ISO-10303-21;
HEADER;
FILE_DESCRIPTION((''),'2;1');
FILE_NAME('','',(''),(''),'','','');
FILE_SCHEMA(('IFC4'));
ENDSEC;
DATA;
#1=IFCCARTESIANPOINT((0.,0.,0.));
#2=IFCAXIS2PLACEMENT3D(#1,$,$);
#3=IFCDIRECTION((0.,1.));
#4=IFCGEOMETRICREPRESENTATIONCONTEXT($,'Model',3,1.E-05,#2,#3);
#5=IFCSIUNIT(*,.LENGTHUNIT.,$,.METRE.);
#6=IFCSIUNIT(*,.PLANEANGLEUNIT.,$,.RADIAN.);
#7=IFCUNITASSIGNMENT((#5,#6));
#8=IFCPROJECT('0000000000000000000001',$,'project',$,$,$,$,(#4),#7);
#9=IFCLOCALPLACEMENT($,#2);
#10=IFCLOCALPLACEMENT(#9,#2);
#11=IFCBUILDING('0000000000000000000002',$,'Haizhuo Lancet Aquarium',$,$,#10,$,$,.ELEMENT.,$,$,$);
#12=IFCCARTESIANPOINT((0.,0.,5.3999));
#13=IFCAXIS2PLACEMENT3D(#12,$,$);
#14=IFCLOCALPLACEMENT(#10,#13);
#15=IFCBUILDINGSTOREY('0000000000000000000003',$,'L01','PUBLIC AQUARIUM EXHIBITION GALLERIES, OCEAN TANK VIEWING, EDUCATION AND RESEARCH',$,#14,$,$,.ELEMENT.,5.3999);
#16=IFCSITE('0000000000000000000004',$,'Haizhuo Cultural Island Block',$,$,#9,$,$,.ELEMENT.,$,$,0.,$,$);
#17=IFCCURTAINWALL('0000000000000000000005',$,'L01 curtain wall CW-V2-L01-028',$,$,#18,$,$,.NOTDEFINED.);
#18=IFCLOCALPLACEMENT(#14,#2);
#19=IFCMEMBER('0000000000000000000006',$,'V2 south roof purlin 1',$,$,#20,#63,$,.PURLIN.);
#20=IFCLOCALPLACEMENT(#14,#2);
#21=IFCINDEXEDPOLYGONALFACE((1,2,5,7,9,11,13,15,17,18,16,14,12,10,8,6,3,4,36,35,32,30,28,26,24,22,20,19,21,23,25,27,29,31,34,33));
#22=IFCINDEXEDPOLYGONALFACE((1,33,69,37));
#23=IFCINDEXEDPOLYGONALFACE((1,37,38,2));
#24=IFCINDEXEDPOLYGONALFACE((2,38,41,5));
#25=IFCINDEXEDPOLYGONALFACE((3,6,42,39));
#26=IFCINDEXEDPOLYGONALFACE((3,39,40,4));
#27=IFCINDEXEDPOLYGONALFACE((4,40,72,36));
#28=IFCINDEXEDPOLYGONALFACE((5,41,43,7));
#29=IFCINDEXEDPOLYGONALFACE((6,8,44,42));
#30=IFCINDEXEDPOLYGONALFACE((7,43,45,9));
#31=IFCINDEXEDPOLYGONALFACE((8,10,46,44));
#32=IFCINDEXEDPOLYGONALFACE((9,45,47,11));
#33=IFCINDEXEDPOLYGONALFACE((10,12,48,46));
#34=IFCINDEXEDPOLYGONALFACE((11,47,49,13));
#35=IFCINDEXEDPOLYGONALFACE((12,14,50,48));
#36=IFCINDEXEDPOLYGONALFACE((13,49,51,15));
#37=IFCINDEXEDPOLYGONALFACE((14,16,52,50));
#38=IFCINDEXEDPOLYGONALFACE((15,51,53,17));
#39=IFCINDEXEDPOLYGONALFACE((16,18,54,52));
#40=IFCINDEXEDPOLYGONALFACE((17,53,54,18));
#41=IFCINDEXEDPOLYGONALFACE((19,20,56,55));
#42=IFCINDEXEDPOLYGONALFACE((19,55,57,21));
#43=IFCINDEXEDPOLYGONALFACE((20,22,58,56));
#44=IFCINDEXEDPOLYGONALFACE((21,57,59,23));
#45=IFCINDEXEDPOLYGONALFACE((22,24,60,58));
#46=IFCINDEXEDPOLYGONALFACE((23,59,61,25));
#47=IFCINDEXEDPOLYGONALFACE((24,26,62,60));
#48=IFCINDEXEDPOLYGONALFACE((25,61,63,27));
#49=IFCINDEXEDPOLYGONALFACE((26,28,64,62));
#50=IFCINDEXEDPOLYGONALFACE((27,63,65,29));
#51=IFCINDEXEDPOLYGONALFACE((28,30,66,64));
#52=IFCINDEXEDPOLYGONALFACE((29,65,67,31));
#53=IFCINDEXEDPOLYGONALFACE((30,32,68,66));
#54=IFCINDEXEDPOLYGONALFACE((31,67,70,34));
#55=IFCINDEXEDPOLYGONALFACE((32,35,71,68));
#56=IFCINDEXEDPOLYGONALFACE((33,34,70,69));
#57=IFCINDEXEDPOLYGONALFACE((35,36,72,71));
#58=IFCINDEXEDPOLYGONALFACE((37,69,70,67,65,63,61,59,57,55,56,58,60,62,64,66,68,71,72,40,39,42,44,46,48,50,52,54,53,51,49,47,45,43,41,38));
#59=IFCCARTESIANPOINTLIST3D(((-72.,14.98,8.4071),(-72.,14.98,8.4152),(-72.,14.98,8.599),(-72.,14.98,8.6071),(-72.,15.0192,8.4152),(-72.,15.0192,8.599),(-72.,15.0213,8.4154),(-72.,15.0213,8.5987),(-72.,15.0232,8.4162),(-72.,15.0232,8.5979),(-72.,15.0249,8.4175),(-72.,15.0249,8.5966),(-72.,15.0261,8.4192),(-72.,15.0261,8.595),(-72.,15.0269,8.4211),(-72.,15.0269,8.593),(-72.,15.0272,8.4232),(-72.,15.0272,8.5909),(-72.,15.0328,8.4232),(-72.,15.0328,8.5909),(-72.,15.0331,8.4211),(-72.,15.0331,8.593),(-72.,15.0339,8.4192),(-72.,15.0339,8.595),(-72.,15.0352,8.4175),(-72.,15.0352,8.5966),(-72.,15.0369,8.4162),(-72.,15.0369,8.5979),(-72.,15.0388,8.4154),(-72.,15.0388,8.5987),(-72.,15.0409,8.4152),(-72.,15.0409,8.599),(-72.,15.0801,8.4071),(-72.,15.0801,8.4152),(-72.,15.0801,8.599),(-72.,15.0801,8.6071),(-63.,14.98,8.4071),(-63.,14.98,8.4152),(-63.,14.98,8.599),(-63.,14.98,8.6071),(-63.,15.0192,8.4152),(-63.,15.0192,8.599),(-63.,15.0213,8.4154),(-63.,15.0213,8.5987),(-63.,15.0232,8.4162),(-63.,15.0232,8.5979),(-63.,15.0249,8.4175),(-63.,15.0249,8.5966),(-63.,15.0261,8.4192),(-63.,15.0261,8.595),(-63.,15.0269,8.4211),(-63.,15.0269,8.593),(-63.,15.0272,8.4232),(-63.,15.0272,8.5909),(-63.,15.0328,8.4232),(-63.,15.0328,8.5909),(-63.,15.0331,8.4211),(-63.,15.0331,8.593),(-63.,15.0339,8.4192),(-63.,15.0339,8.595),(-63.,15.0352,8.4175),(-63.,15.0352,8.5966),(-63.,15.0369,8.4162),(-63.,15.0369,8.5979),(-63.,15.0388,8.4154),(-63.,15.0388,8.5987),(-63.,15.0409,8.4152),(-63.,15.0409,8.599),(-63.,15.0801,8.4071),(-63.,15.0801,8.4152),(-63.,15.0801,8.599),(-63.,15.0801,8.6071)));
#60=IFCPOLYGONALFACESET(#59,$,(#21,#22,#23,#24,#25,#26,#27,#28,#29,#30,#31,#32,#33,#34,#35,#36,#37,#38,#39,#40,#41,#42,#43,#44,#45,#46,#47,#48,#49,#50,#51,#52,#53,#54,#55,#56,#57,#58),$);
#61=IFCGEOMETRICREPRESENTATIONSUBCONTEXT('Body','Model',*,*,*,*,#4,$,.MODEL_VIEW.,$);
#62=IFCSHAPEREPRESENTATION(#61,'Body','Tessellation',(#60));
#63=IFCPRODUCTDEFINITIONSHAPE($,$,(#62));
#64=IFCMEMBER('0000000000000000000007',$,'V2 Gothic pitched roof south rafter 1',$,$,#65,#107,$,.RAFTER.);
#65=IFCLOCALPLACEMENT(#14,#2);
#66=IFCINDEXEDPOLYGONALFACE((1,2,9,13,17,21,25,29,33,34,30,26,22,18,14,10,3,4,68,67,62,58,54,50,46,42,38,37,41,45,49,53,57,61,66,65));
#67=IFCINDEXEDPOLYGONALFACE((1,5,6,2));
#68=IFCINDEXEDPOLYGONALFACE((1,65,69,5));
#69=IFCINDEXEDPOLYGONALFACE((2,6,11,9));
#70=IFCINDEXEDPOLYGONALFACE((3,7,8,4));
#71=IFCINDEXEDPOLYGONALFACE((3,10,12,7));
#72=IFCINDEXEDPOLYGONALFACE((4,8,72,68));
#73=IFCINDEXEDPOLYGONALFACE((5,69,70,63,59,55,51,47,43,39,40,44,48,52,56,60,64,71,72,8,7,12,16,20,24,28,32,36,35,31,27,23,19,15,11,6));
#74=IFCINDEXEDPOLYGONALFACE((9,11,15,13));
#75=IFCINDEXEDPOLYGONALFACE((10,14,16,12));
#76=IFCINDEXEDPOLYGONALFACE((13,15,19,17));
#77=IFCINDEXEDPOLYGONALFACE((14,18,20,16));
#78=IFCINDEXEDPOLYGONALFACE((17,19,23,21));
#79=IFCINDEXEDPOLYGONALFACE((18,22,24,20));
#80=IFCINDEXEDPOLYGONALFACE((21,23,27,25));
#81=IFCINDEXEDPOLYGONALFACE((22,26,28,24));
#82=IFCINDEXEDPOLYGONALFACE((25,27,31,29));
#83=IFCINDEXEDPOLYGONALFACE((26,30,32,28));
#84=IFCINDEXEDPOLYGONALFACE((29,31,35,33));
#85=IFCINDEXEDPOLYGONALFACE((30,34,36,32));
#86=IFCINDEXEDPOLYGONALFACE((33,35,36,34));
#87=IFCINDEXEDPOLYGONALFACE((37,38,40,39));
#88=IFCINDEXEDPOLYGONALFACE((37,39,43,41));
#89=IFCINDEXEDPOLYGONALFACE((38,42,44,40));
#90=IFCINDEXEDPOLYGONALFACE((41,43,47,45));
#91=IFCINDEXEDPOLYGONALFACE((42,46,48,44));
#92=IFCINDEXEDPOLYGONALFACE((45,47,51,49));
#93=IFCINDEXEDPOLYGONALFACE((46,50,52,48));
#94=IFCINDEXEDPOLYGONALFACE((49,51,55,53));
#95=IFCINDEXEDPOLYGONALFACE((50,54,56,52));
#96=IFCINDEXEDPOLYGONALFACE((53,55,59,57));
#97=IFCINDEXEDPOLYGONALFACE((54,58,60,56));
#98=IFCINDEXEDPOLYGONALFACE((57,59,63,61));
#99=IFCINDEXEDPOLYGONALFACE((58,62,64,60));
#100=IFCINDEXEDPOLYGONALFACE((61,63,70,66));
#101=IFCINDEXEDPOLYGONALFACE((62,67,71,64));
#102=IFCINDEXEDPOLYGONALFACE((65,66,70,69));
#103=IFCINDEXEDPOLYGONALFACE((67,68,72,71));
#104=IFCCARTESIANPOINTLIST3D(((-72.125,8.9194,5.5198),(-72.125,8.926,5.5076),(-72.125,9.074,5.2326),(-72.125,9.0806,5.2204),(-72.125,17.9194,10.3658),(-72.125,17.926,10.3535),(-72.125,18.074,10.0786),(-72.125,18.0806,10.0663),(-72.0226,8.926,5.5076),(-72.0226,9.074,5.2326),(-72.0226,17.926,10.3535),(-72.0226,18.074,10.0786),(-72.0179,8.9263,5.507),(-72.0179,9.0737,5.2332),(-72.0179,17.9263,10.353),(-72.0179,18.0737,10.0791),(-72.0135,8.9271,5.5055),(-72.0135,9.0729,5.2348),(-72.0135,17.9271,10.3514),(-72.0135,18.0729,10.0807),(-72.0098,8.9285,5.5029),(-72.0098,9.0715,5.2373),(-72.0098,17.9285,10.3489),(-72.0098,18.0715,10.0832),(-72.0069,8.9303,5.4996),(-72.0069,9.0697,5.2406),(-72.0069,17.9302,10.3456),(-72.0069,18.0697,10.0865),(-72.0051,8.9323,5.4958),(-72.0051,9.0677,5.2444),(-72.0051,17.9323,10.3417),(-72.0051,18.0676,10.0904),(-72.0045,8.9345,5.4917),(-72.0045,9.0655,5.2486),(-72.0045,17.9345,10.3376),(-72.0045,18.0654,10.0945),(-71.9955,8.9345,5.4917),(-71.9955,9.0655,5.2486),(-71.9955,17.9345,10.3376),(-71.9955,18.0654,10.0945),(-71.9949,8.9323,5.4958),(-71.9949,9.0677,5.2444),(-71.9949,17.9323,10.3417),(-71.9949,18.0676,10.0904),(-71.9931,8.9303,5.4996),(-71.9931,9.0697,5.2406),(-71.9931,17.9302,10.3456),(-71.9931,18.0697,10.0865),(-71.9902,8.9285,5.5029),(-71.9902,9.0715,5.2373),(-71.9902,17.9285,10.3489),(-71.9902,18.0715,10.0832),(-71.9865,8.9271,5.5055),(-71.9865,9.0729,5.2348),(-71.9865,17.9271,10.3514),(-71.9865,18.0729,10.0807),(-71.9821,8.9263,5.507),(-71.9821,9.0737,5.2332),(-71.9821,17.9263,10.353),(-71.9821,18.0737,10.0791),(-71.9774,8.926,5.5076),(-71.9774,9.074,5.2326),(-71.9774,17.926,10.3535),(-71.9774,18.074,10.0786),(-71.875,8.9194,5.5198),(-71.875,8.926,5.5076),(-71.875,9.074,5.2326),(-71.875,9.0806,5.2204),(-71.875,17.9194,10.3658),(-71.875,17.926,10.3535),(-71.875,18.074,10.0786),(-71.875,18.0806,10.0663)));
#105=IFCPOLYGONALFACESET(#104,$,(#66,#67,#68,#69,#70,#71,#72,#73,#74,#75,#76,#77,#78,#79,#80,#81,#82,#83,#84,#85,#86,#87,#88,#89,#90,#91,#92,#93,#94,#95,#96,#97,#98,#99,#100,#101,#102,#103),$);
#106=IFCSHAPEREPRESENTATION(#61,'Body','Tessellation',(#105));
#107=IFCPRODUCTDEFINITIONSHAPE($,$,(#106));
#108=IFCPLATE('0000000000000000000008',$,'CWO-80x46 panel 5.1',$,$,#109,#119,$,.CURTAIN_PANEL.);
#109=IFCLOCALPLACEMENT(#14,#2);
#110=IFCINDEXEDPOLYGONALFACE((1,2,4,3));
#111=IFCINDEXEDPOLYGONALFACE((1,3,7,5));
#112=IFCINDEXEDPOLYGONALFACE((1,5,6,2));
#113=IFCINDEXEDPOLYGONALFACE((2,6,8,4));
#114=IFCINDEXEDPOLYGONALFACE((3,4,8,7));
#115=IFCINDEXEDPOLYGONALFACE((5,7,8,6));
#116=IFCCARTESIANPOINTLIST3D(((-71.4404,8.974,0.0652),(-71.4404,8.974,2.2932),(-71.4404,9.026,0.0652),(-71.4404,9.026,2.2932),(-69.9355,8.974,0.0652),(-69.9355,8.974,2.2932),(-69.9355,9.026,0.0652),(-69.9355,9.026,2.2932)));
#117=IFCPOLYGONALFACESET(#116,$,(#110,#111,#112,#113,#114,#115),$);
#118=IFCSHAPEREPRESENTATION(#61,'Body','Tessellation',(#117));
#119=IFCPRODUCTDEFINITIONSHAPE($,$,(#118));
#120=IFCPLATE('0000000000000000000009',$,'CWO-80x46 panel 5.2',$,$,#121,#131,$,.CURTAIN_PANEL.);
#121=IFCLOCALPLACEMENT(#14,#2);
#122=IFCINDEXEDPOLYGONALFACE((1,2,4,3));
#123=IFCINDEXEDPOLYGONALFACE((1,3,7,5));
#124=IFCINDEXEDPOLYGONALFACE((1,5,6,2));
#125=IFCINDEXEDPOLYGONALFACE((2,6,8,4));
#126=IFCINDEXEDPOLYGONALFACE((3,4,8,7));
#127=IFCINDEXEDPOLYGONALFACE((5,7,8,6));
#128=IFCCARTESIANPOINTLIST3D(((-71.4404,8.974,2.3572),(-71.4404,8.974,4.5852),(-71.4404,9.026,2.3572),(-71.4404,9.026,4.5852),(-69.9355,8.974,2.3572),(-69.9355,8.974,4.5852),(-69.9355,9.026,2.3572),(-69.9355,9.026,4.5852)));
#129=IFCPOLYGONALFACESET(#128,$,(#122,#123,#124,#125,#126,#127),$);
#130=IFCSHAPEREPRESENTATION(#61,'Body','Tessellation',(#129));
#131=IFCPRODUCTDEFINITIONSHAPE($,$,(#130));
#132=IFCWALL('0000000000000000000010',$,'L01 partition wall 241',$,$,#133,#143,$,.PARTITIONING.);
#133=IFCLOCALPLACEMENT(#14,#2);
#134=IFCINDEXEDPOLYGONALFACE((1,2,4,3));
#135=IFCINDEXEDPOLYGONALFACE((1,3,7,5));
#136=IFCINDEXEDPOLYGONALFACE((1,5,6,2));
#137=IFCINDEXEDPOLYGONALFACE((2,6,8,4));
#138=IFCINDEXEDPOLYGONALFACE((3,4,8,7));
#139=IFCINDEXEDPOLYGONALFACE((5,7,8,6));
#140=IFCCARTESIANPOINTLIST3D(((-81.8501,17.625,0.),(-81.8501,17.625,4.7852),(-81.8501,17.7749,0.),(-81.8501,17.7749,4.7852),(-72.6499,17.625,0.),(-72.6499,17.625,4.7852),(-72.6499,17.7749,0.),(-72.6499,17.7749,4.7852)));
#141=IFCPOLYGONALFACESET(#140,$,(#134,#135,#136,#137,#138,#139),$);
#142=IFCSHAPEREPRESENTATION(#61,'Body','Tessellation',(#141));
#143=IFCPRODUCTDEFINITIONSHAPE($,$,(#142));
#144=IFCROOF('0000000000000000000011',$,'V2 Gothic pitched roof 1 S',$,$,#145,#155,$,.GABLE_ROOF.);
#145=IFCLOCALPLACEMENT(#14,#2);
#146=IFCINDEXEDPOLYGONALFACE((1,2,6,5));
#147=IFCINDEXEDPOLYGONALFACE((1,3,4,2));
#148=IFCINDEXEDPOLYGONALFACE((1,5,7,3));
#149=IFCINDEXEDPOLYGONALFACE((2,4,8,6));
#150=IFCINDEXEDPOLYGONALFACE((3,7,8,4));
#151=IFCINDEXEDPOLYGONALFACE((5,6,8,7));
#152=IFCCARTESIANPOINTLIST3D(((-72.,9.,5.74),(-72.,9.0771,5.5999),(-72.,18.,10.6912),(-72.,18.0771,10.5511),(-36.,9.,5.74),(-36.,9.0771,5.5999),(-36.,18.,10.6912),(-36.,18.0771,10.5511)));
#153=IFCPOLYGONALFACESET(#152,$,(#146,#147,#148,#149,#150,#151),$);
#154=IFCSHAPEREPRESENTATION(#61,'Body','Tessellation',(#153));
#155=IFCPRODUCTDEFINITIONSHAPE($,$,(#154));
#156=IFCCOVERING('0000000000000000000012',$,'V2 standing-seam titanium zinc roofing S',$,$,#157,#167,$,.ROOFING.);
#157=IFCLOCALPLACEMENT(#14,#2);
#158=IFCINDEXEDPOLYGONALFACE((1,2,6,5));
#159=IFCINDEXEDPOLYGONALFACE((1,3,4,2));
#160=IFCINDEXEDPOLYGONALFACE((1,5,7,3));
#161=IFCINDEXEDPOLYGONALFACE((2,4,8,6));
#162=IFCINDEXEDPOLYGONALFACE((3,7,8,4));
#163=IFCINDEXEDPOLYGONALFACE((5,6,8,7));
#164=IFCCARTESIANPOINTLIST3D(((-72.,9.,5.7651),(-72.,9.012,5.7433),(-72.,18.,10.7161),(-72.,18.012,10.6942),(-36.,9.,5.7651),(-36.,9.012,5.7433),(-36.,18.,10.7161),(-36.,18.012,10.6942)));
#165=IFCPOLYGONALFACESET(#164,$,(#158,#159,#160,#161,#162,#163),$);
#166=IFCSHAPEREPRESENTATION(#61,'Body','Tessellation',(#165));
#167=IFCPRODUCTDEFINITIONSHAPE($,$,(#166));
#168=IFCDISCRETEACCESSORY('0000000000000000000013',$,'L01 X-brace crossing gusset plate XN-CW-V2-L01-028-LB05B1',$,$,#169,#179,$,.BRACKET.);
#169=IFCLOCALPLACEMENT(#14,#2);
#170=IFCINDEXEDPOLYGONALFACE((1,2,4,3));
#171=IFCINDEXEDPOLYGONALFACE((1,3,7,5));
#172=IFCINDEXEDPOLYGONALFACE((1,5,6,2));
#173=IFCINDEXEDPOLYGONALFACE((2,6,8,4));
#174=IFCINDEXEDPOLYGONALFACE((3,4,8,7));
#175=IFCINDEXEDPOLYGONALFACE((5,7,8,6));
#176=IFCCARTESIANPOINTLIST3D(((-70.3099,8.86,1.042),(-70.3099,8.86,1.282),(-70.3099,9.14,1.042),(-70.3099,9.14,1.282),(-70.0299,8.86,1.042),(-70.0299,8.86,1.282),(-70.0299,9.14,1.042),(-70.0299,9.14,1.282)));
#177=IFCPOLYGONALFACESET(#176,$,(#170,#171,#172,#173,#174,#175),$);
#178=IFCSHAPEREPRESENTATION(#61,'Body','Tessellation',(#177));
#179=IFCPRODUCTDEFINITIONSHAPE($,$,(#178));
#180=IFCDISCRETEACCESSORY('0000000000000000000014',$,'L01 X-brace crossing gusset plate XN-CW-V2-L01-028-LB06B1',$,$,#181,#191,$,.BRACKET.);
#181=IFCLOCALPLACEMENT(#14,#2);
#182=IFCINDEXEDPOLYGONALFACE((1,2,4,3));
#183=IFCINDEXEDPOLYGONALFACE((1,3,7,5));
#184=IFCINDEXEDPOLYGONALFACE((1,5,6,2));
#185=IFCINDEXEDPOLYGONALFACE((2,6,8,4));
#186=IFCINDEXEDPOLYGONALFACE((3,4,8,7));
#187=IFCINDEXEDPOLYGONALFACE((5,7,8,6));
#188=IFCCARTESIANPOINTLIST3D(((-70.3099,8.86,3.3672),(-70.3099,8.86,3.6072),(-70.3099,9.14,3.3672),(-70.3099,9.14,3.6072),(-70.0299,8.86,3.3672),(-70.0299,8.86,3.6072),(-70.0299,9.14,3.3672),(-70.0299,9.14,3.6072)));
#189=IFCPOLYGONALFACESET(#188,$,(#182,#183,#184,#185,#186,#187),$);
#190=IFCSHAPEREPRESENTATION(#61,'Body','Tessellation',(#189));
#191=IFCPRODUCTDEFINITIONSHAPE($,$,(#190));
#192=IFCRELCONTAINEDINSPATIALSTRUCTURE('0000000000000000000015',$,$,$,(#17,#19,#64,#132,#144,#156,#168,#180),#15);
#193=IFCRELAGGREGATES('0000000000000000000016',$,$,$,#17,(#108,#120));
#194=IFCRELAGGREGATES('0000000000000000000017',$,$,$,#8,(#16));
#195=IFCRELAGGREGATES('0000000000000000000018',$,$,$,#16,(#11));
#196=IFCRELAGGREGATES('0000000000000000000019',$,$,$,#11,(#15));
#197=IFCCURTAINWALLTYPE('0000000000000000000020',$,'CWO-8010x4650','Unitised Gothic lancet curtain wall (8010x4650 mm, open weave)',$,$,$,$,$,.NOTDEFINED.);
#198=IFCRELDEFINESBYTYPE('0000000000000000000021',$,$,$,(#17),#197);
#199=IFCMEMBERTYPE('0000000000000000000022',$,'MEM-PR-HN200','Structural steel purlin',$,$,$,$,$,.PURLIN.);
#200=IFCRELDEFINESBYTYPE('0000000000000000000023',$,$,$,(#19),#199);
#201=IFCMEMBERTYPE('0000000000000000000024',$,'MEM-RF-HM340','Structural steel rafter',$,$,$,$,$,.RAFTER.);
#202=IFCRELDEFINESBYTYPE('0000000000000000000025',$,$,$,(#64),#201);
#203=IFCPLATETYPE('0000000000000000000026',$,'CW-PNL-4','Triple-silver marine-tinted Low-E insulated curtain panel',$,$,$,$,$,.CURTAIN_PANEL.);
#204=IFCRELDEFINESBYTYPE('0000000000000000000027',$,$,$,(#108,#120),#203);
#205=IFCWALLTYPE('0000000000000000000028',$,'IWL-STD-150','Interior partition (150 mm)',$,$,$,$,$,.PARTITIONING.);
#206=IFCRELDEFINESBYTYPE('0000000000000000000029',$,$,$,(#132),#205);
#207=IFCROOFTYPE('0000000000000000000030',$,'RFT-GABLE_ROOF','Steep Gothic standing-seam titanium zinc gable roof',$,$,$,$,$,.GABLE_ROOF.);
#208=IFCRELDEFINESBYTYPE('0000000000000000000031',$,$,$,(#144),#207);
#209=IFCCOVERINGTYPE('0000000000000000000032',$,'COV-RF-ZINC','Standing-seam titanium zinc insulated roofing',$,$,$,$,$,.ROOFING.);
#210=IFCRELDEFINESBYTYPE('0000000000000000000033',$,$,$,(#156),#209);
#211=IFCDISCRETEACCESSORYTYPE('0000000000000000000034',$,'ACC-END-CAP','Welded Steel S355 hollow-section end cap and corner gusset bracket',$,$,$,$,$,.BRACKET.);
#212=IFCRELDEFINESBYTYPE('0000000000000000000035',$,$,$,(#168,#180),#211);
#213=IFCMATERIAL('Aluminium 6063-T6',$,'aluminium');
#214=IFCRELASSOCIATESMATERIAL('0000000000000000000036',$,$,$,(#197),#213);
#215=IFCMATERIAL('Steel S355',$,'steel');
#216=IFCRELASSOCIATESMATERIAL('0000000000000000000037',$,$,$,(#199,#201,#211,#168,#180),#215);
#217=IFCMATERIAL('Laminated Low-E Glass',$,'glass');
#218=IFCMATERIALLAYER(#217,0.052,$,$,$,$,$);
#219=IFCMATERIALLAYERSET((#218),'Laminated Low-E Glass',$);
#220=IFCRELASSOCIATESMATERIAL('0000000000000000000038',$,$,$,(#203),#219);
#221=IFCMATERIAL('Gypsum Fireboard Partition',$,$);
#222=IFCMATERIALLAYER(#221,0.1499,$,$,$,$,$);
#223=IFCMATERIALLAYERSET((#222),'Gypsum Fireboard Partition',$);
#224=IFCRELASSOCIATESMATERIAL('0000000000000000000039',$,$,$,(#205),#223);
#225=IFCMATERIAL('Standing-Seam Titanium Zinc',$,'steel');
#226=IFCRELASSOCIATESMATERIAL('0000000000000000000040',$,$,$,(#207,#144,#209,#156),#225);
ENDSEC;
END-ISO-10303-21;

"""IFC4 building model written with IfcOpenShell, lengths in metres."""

from ifc_helpers import new_model, si_unit, direction, frame, frame_2d, origin, origin_2d, place, context, subcontext, project, spatial, polyline, rectangle, i_section, outline, extrude, material, layer, layer_set, material_profile, profile_set, type_object, element, aggregate, save


model = new_model("IFC4")

# Units and contexts
model_context = context("Model", 3, precision=1e-05, world=origin(), true_north=direction((0.0, 1.0)))
body_context = subcontext(model_context, "Body", "Model", "MODEL_VIEW")
ifc_project = project(units=[si_unit("LENGTHUNIT", "METRE"), si_unit("PLANEANGLEUNIT", "RADIAN")], contexts=[model_context])

# Site, building, storey
site_placement = place(None, origin())
site = spatial("IfcSite", under=ifc_project, at=site_placement, Name="Haizhuo Cultural Island Block", CompositionType="ELEMENT", RefElevation=0.0)
building_placement = place(site_placement, origin())
building = spatial("IfcBuilding", under=site, at=building_placement, Name="Haizhuo Lancet Aquarium", CompositionType="ELEMENT")
storey_placement = place(building_placement, frame((0.0, 0.0, 5.3999)))
storey = spatial("IfcBuildingStorey", under=building, at=storey_placement, Name="L01", Description="PUBLIC AQUARIUM EXHIBITION GALLERIES, OCEAN TANK VIEWING, EDUCATION AND RESEARCH", CompositionType="ELEMENT", Elevation=5.3999)

# Shared definitions
ifc_material_1 = material(Name="Steel S355", Category="steel")

# Curtain wall
ifc_material_2 = material(Name="Aluminium 6063-T6", Category="aluminium")
curtain_wall_type = type_object("IfcCurtainWallType", Name="CWO-8010x4650", Description="Unitised Gothic lancet curtain wall (8010x4650 mm, open weave)", PredefinedType="NOTDEFINED", material=ifc_material_2)
curtain_wall_placement = place(storey_placement, origin())
curtain_wall = element("IfcCurtainWall", 1, at=curtain_wall_placement, inside=storey, type_object=curtain_wall_type, Name="L01 curtain wall CW-V2-L01-028", PredefinedType="NOTDEFINED")

# Members
ifc_material_profile_1 = material_profile(ifc_material_1, i_section(OverallWidth=0.1001, OverallDepth=0.2, WebThickness=0.0056, FlangeThickness=0.0081, FilletRadius=0.0081, at=origin_2d()), Name="HN 200x100x5.5x8")
ifc_profile_set_1 = profile_set([ifc_material_profile_1], Name="Steel S355")
member_type_1 = type_object("IfcMemberType", Name="MEM-PR-HN200", Description="Structural steel purlin", PredefinedType="PURLIN", material=ifc_profile_set_1)
for number, where, z_axis, x_axis, name in (
    (2, (-72.0, 15.03, 8.5071), (1.0, 0.0, 0.0), (0.0, 1.0, 0.0), "V2 south roof purlin 1"),
):
    element("IfcMember", number, at=place(storey_placement, frame(where, z_axis=z_axis, x_axis=x_axis)), inside=storey, type_object=member_type_1, Name=name, PredefinedType="PURLIN", context=body_context, shape_type="SweptSolid", body=[
        extrude(i_section(OverallWidth=0.1001, OverallDepth=0.2, WebThickness=0.0056, FlangeThickness=0.0081, FilletRadius=0.0081, at=origin_2d()), origin(), (0.0, 0.0, 1.0), 9.0),
    ])
ifc_material_profile_2 = material_profile(ifc_material_1, i_section(OverallWidth=0.25, OverallDepth=0.3401, WebThickness=0.009, FlangeThickness=0.0139, FilletRadius=0.0181, at=origin_2d()), Name="HM 340x250x9x14")
ifc_profile_set_2 = profile_set([ifc_material_profile_2], Name="Steel S355")
member_type_2 = type_object("IfcMemberType", Name="MEM-RF-HM340", Description="Structural steel rafter", PredefinedType="RAFTER", material=ifc_profile_set_2)
member_1_placement = place(storey_placement, frame((-72.0, 9.0, 5.3701), z_axis=(0.0, 0.88048, 0.474084), x_axis=(-1.0, 0.0, 0.0)))
element("IfcMember", 3, at=member_1_placement, inside=storey, type_object=member_type_2, Name="V2 Gothic pitched roof south rafter 1", PredefinedType="RAFTER", context=body_context, shape_type="SweptSolid", body=[
    extrude(i_section(OverallWidth=0.25, OverallDepth=0.3401, WebThickness=0.009, FlangeThickness=0.0139, FilletRadius=0.0181, at=origin_2d()), origin(), (0.0, 0.0, 1.0), 10.2217),
])

# Plates
ifc_material_3 = material(Name="Laminated Low-E Glass", Category="glass")
ifc_layer_1 = layer(ifc_material_3, 0.052)
ifc_layer_set_1 = layer_set([ifc_layer_1], Name="Laminated Low-E Glass")
plate_type = type_object("IfcPlateType", Name="CW-PNL-4", Description="Triple-silver marine-tinted Low-E insulated curtain panel", PredefinedType="CURTAIN_PANEL", material=ifc_layer_set_1)
plate_1_placement = place(storey_placement, frame((-70.688, 9.0, 0.0652), z_axis=(0.0, 0.0, 1.0), x_axis=(-1.0, 0.0, 0.0)))
plate_1 = element("IfcPlate", 4, at=plate_1_placement, type_object=plate_type, Name="CWO-80x46 panel 5.1", PredefinedType="CURTAIN_PANEL", context=body_context, shape_type="SweptSolid", body=[
    extrude(rectangle(XDim=1.5049, YDim=0.052, at=origin_2d()), origin(), (0.0, 0.0, 1.0), 2.228),
])
plate_2_placement = place(storey_placement, frame((-70.688, 9.0, 2.3572), z_axis=(0.0, 0.0, 1.0), x_axis=(-1.0, 0.0, 0.0)))
plate_2 = element("IfcPlate", 5, at=plate_2_placement, type_object=plate_type, Name="CWO-80x46 panel 5.2", PredefinedType="CURTAIN_PANEL", context=body_context, shape_type="SweptSolid", body=[
    extrude(rectangle(XDim=1.5049, YDim=0.052, at=origin_2d()), origin(), (0.0, 0.0, 1.0), 2.228),
])
aggregate(curtain_wall, [plate_1, plate_2])

# Wall
ifc_material_4 = material(Name="Gypsum Fireboard Partition")
ifc_layer_2 = layer(ifc_material_4, 0.1499)
ifc_layer_set_2 = layer_set([ifc_layer_2], Name="Gypsum Fireboard Partition")
wall_type = type_object("IfcWallType", Name="IWL-STD-150", Description="Interior partition (150 mm)", PredefinedType="PARTITIONING", material=ifc_layer_set_2)
wall_placement = place(storey_placement, frame((-72.6499, 17.7, 0.0), z_axis=(0.0, 0.0, 1.0), x_axis=(-1.0, 0.0, 0.0)))
element("IfcWall", 6, at=wall_placement, inside=storey, type_object=wall_type, Name="L01 partition wall 241", PredefinedType="PARTITIONING", context=body_context, shape_type="SweptSolid", body=[
    extrude(rectangle(XDim=9.2002, YDim=0.1499, at=frame_2d((4.6001, 0.0))), origin(), (0.0, 0.0, 1.0), 4.7852),
])

# Roof
ifc_material_5 = material(Name="Standing-Seam Titanium Zinc", Category="steel")
roof_type = type_object("IfcRoofType", Name="RFT-GABLE_ROOF", Description="Steep Gothic standing-seam titanium zinc gable roof", PredefinedType="GABLE_ROOF", material=ifc_material_5)
roof_placement = place(storey_placement, frame((-72.0, 9.0, 5.74), z_axis=(0.0, -0.482006, 0.876168), x_axis=(1.0, 0.0, 0.0)))
element("IfcRoof", 7, at=roof_placement, inside=storey, type_object=roof_type, material=ifc_material_5, Name="V2 Gothic pitched roof 1 S", PredefinedType="GABLE_ROOF", context=body_context, shape_type="SweptSolid", body=[
    extrude(outline(polyline([(0.0, 0.0), (36.0, 0.0), (36.0, 10.272), (0.0, 10.272), (0.0, 0.0)])), origin(), (0.0, 0.0, -1.0), 0.1599),
])

# Covering
covering_type = type_object("IfcCoveringType", Name="COV-RF-ZINC", Description="Standing-seam titanium zinc insulated roofing", PredefinedType="ROOFING", material=ifc_material_5)
covering_placement = place(storey_placement, frame((-72.0, 9.0, 5.7651), z_axis=(0.0, -0.481988, 0.876178), x_axis=(1.0, 0.0, 0.0)))
element("IfcCovering", 8, at=covering_placement, inside=storey, type_object=covering_type, material=ifc_material_5, Name="V2 standing-seam titanium zinc roofing S", PredefinedType="ROOFING", context=body_context, shape_type="SweptSolid", body=[
    extrude(outline(polyline([(0.0, 0.0), (36.0, 0.0), (36.0, 10.2719), (0.0, 10.2719), (0.0, 0.0)])), origin(), (0.0, 0.0, -1.0), 0.0249),
])

# Discrete accessories
discrete_accessory_type = type_object("IfcDiscreteAccessoryType", Name="ACC-END-CAP", Description="Welded Steel S355 hollow-section end cap and corner gusset bracket", PredefinedType="BRACKET", material=ifc_material_1)
for number, where, z_axis, x_axis, name in (
    (9, (-70.1699, 9.0, 1.042), (0.0, 0.0, 1.0), (1.0, 0.0, 0.0), "L01 X-brace crossing gusset plate XN-CW-V2-L01-028-LB05B1"),
    (10, (-70.1699, 9.0, 3.3672), (0.0, 0.0, 1.0), (1.0, 0.0, 0.0), "L01 X-brace crossing gusset plate XN-CW-V2-L01-028-LB06B1"),
):
    element("IfcDiscreteAccessory", number, at=place(storey_placement, frame(where, z_axis=z_axis, x_axis=x_axis)), inside=storey, type_object=discrete_accessory_type, material=ifc_material_1, Name=name, PredefinedType="BRACKET", context=body_context, shape_type="SweptSolid", body=[
        extrude(rectangle(XDim=0.28, YDim=0.28, at=origin_2d()), origin(), (0.0, 0.0, 1.0), 0.24),
    ])

save(model, "model.ifc")
